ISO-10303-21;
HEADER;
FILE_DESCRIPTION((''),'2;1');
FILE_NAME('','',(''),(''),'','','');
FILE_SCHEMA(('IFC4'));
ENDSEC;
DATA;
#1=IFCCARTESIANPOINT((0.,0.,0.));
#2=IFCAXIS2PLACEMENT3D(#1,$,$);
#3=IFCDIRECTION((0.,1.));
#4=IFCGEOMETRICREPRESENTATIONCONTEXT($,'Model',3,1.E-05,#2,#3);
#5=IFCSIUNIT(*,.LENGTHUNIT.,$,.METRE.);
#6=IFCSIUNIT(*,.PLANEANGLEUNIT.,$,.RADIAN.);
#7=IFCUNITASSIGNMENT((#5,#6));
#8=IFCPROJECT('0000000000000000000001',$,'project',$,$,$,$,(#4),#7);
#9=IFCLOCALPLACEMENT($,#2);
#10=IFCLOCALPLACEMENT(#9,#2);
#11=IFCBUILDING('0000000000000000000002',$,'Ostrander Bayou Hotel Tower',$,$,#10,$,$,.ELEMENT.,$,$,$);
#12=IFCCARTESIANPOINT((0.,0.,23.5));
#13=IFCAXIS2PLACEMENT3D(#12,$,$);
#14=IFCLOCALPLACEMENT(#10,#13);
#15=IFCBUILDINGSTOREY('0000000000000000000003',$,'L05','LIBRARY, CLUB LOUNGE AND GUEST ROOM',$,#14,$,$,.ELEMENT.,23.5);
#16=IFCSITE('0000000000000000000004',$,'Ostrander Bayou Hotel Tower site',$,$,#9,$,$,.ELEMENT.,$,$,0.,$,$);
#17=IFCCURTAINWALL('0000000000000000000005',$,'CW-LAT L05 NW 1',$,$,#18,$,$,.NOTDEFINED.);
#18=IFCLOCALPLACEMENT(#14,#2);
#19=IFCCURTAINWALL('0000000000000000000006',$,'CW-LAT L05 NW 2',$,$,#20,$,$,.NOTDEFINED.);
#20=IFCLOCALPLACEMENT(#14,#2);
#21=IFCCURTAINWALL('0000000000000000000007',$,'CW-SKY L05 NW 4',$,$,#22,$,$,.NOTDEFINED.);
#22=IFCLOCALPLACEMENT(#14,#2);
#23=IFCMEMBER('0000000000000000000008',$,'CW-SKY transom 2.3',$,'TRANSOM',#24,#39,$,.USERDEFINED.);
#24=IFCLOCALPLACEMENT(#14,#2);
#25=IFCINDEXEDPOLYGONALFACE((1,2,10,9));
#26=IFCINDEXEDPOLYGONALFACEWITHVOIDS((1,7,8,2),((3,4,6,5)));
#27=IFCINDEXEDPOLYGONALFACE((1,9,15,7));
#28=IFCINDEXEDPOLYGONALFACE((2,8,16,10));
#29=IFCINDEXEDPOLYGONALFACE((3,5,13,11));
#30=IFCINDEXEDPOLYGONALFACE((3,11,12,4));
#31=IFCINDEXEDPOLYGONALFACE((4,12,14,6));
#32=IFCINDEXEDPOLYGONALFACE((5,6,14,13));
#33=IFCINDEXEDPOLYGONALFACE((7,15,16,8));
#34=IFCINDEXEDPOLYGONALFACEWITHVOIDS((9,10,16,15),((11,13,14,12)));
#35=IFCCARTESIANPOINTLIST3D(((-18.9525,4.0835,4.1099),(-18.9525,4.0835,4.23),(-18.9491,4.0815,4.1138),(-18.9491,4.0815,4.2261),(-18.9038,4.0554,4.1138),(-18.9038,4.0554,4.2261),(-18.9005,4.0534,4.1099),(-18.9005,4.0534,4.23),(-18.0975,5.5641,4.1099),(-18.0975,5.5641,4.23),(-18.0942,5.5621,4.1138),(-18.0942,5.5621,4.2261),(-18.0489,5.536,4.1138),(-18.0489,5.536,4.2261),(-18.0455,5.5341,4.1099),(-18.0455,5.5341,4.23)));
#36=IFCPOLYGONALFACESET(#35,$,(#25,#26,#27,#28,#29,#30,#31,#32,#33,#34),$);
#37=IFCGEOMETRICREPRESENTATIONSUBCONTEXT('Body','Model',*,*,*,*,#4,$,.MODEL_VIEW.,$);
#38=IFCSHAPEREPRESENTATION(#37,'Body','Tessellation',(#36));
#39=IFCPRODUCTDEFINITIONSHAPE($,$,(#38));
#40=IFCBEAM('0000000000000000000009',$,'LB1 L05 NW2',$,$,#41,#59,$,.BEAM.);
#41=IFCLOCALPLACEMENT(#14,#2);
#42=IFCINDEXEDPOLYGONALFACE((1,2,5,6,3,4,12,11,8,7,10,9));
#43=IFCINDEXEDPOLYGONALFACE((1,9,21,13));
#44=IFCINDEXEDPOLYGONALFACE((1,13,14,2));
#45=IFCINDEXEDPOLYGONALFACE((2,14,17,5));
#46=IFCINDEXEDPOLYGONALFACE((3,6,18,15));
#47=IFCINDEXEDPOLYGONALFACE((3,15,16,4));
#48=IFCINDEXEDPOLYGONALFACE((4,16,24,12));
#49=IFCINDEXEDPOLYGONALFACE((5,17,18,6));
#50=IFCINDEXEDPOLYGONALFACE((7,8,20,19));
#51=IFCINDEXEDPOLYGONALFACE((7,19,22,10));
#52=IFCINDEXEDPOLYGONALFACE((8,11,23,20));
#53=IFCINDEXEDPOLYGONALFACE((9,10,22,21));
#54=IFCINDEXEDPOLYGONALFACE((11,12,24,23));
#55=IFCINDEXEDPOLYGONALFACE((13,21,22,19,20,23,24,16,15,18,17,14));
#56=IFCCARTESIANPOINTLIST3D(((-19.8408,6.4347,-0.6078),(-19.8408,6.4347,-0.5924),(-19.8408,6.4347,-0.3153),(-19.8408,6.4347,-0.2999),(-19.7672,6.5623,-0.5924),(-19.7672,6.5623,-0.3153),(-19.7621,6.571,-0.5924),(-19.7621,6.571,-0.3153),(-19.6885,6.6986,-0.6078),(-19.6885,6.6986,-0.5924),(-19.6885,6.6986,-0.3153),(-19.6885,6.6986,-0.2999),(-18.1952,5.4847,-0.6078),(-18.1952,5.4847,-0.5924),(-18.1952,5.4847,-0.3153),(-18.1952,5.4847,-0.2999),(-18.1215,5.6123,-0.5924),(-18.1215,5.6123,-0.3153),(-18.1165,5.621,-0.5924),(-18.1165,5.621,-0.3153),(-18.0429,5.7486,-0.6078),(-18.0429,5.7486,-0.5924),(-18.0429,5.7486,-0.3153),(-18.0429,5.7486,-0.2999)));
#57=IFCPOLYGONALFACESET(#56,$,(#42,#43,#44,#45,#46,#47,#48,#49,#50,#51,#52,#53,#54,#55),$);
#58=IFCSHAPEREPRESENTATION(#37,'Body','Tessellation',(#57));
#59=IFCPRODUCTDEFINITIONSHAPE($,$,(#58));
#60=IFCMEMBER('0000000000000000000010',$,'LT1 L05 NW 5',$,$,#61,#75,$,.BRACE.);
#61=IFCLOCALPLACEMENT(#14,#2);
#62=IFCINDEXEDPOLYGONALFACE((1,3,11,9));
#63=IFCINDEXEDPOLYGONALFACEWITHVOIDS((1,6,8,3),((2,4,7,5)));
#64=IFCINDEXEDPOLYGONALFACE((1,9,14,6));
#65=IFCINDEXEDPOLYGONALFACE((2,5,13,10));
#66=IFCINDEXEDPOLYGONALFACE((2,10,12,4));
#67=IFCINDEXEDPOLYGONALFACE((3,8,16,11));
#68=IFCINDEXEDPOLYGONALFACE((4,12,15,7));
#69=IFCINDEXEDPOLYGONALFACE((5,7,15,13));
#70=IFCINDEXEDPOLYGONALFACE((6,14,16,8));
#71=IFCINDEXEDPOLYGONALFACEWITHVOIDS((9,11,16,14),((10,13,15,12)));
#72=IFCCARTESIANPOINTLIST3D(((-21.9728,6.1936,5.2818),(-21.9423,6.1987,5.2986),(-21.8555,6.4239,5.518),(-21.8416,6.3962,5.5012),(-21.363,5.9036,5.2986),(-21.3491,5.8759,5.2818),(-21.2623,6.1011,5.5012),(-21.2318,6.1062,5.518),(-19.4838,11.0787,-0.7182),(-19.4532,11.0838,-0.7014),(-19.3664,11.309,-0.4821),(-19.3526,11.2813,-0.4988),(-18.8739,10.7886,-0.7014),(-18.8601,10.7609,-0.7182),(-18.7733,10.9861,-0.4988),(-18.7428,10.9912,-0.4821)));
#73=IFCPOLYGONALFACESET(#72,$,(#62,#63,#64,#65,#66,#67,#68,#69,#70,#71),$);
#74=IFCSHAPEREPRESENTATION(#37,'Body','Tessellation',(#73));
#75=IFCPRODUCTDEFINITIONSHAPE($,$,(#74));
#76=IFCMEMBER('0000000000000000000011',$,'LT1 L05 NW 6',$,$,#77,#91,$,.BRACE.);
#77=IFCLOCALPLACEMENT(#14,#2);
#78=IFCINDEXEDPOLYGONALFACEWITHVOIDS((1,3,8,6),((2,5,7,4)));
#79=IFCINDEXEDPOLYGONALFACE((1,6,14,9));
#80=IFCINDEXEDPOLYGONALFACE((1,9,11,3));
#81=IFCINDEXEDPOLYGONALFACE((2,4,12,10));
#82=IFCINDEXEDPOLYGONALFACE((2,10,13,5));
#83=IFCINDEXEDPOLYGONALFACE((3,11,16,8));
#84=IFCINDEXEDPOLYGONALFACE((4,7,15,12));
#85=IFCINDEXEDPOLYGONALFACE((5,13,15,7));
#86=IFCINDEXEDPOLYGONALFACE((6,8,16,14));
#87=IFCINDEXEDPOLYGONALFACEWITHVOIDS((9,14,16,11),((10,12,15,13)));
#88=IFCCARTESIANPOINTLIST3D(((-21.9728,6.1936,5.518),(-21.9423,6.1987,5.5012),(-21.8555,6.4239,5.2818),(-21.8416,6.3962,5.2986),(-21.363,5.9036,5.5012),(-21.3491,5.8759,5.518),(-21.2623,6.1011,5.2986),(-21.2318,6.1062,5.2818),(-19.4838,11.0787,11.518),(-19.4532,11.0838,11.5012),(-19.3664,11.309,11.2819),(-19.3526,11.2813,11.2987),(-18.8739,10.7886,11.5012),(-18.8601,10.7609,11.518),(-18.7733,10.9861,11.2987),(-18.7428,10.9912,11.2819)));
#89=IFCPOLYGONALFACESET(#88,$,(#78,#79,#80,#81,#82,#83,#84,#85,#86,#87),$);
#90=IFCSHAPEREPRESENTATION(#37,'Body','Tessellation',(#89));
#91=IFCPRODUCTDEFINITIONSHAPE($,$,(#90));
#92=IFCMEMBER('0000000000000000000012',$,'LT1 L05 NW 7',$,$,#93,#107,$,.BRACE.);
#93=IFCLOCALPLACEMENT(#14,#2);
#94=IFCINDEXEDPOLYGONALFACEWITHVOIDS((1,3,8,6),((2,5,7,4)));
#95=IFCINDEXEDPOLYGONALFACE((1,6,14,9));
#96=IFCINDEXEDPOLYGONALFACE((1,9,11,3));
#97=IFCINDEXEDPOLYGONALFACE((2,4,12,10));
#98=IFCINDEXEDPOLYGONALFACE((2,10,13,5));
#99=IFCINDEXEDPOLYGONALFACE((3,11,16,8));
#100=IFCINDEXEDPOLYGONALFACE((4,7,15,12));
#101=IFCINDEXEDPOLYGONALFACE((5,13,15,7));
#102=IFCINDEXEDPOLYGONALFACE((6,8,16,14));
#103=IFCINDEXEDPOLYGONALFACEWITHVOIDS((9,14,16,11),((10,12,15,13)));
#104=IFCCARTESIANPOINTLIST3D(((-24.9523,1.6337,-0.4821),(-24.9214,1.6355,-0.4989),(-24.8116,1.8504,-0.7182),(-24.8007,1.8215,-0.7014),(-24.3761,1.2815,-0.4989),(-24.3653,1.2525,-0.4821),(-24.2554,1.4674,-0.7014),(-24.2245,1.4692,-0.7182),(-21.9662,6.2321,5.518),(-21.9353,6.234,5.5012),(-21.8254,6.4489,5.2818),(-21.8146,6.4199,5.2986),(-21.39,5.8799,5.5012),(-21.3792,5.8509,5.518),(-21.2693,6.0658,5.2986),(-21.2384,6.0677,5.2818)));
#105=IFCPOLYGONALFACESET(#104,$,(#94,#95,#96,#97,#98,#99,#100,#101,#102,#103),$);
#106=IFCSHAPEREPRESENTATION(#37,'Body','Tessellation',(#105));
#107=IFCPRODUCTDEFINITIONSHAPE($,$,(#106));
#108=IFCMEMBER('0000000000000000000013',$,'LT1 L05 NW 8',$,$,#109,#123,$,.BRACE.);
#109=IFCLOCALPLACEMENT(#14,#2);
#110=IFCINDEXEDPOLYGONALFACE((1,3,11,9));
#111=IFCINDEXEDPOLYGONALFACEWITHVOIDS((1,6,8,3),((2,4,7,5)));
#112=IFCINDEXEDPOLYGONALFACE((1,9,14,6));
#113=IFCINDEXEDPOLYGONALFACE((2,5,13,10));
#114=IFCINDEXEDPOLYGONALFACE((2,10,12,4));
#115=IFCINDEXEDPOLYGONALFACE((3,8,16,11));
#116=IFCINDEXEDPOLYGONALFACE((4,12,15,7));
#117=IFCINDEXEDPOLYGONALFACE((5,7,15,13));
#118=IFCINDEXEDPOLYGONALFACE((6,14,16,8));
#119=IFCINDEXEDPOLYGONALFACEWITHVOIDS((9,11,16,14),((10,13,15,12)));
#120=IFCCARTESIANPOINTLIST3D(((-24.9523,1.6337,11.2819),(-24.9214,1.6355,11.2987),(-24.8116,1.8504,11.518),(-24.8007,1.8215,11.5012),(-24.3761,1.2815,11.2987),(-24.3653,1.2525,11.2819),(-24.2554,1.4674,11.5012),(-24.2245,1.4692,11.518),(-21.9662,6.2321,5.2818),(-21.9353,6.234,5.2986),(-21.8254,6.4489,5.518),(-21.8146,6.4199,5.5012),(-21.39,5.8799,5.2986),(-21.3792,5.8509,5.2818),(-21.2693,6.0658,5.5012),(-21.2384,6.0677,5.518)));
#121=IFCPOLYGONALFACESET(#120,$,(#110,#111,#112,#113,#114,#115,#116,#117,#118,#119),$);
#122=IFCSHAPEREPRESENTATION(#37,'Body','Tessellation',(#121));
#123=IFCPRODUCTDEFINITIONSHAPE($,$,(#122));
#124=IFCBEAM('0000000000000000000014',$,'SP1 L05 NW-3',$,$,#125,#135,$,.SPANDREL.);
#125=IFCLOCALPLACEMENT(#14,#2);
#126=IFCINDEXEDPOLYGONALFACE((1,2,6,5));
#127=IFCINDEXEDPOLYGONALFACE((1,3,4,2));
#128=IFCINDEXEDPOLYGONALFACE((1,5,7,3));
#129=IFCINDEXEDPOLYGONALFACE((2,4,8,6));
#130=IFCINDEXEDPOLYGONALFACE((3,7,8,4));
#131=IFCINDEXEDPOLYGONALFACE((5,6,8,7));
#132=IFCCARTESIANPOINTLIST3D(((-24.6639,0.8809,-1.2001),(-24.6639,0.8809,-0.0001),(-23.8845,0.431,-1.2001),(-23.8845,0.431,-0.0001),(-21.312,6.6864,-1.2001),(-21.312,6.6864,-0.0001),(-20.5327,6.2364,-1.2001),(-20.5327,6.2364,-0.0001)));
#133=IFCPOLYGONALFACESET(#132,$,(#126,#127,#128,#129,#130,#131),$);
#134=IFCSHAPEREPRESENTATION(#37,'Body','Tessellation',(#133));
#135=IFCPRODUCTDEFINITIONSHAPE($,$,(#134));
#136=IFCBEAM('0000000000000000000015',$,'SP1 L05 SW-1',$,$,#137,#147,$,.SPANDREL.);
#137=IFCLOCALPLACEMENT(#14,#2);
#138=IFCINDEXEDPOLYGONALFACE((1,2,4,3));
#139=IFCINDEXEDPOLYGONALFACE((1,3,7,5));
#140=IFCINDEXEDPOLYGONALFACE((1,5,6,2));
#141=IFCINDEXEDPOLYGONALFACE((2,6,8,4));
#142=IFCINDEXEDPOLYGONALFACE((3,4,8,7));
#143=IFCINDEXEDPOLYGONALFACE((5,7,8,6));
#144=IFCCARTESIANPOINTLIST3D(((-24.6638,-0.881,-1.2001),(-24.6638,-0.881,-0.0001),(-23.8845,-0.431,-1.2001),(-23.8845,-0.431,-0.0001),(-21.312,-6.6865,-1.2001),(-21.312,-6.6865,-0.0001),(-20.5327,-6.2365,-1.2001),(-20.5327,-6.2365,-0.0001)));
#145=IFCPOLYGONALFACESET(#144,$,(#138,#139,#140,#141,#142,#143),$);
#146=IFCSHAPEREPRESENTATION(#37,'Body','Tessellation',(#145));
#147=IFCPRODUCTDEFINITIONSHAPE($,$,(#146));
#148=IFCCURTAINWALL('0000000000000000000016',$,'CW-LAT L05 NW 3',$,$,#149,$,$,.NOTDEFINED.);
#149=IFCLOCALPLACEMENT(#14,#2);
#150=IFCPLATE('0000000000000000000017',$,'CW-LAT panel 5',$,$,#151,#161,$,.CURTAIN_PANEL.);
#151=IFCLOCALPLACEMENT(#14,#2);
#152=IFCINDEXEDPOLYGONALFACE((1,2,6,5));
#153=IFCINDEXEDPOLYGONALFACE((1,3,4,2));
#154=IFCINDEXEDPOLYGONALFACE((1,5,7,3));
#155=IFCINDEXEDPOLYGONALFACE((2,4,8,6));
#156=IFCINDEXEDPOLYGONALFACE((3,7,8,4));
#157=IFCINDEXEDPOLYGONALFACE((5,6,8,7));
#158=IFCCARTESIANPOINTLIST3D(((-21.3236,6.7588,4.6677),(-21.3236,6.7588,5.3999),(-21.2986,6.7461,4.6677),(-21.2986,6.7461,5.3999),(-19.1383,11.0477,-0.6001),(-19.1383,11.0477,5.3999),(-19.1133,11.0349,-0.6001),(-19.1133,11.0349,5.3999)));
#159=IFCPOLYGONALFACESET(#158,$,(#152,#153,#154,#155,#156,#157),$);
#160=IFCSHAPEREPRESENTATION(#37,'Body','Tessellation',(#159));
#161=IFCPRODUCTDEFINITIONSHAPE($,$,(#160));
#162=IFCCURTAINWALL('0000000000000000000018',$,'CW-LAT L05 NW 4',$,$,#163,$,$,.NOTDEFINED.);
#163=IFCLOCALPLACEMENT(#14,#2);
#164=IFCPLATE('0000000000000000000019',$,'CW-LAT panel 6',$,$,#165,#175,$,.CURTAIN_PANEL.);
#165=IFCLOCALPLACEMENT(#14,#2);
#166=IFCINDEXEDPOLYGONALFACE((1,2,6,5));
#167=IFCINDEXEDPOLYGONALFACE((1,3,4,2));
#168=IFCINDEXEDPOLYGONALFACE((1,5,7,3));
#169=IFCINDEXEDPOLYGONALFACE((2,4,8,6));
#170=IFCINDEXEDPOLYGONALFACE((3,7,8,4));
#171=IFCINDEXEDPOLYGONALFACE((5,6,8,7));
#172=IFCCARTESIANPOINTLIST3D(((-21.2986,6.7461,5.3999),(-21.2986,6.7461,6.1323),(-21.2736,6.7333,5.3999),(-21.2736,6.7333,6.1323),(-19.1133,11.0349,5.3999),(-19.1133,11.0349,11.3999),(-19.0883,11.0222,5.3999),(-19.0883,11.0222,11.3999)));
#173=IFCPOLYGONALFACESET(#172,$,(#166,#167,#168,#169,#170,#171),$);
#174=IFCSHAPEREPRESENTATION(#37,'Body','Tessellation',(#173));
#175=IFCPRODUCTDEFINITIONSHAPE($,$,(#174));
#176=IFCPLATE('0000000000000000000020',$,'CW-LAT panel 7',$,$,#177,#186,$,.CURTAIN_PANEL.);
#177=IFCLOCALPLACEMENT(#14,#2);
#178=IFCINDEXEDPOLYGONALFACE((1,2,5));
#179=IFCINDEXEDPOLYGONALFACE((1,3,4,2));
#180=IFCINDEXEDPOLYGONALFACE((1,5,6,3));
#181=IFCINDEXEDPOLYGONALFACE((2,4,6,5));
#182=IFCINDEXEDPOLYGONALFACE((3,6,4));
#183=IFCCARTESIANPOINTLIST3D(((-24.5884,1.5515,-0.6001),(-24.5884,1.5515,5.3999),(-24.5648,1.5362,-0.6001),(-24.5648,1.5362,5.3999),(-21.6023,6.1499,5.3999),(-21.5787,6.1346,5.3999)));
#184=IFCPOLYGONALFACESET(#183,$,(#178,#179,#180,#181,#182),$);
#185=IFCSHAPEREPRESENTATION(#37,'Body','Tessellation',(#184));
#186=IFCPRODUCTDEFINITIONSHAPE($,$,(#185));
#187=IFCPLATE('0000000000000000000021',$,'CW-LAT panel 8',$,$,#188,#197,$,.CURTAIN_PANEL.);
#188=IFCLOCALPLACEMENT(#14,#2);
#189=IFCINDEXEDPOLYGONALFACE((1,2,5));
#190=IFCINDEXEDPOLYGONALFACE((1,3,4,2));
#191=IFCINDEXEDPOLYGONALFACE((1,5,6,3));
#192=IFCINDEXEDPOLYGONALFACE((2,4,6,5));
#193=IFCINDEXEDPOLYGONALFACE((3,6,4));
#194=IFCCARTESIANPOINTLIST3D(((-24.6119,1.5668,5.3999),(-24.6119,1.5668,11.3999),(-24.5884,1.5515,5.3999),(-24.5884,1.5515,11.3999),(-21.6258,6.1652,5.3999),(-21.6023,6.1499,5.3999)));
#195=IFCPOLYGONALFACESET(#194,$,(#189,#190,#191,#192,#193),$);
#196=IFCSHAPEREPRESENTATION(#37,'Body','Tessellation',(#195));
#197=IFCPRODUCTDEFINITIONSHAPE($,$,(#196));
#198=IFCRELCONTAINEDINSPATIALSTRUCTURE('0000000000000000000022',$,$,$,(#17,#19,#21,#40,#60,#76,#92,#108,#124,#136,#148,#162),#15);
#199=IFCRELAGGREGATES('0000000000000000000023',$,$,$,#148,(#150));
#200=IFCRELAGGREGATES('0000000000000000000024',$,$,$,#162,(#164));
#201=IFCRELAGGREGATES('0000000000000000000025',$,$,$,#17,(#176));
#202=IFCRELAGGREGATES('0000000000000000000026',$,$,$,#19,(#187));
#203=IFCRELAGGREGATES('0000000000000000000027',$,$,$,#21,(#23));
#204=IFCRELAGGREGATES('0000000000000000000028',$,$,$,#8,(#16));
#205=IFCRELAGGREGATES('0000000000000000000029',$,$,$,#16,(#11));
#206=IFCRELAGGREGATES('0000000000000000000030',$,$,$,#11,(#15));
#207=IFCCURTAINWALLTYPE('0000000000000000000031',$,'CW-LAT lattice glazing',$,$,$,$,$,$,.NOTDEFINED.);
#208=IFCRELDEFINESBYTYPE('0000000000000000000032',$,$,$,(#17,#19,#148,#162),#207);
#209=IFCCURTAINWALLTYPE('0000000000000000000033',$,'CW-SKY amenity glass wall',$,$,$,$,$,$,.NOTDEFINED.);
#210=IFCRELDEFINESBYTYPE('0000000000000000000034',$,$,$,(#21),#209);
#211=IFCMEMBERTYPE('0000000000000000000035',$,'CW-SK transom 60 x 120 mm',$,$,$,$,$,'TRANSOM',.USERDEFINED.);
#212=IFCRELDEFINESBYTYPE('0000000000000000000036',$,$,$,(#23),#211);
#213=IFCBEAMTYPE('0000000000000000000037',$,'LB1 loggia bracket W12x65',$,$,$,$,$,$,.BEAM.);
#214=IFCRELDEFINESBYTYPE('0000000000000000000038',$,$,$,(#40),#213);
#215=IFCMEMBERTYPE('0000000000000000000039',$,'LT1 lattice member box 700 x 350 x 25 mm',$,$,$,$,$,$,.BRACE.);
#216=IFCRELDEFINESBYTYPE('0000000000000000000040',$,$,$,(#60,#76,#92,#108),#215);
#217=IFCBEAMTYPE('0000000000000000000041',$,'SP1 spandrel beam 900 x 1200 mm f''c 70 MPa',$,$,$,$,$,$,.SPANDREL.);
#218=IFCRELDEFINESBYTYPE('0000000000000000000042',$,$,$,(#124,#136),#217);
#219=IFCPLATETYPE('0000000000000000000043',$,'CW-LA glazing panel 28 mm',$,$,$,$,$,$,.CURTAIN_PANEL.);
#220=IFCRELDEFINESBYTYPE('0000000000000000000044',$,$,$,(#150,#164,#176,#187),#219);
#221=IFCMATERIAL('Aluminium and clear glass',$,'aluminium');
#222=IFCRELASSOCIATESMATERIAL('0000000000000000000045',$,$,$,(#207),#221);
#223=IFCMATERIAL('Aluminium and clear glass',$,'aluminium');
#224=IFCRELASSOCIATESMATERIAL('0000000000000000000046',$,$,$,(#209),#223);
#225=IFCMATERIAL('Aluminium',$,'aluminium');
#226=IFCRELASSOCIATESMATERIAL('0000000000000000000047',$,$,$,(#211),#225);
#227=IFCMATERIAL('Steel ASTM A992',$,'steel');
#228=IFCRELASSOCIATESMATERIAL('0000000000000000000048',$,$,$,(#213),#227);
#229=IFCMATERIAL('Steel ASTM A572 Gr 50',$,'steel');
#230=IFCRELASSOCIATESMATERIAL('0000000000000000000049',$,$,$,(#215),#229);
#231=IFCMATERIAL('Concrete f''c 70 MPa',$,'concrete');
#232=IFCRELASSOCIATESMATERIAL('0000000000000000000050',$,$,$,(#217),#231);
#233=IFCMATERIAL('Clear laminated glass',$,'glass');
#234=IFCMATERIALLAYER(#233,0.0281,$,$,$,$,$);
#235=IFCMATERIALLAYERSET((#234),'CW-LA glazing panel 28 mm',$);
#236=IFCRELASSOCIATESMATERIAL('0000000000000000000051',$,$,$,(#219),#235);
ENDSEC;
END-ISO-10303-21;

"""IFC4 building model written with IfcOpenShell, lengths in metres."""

from ifc_helpers import new_model, si_unit, direction, frame, origin, origin_2d, place, context, subcontext, project, spatial, polyline, rectangle, hollow_rectangle, i_section, outline, extrude, material, layer, layer_set, material_profile, profile_set, type_object, element, aggregate, save


model = new_model("IFC4")

# Units and contexts
model_context = context("Model", 3, precision=1e-05, world=origin(), true_north=direction((0.0, 1.0)))
body_context = subcontext(model_context, "Body", "Model", "MODEL_VIEW")
ifc_project = project(units=[si_unit("LENGTHUNIT", "METRE"), si_unit("PLANEANGLEUNIT", "RADIAN")], contexts=[model_context])

# Site, building, storey
site_placement = place(None, origin())
site = spatial("IfcSite", under=ifc_project, at=site_placement, Name="Ostrander Bayou Hotel Tower site", CompositionType="ELEMENT", RefElevation=0.0)
building_placement = place(site_placement, origin())
building = spatial("IfcBuilding", under=site, at=building_placement, Name="Ostrander Bayou Hotel Tower", CompositionType="ELEMENT")
storey_placement = place(building_placement, frame((0.0, 0.0, 23.5)))
storey = spatial("IfcBuildingStorey", under=building, at=storey_placement, Name="L05", Description="LIBRARY, CLUB LOUNGE AND GUEST ROOM", CompositionType="ELEMENT", Elevation=23.5)

# Curtain wall
ifc_material_1 = material(Name="Aluminium and clear glass", Category="aluminium")
curtain_wall_type_1 = type_object("IfcCurtainWallType", Name="CW-LAT lattice glazing", PredefinedType="NOTDEFINED", material=ifc_material_1)
curtain_wall_1_placement = place(storey_placement, origin())
curtain_wall_1 = element("IfcCurtainWall", 1, at=curtain_wall_1_placement, inside=storey, type_object=curtain_wall_type_1, Name="CW-LAT L05 NW 1", PredefinedType="NOTDEFINED")

# Curtain wall
curtain_wall_2_placement = place(storey_placement, origin())
curtain_wall_2 = element("IfcCurtainWall", 2, at=curtain_wall_2_placement, inside=storey, type_object=curtain_wall_type_1, Name="CW-LAT L05 NW 2", PredefinedType="NOTDEFINED")

# Curtain wall, member
ifc_material_2 = material(Name="Aluminium and clear glass", Category="aluminium")
curtain_wall_type_2 = type_object("IfcCurtainWallType", Name="CW-SKY amenity glass wall", PredefinedType="NOTDEFINED", material=ifc_material_2)
curtain_wall_3_placement = place(storey_placement, origin())
curtain_wall_3 = element("IfcCurtainWall", 3, at=curtain_wall_3_placement, inside=storey, type_object=curtain_wall_type_2, Name="CW-SKY L05 NW 4", PredefinedType="NOTDEFINED")
ifc_material_3 = material(Name="Aluminium", Category="aluminium")
ifc_material_profile_1 = material_profile(ifc_material_3, hollow_rectangle(XDim=0.0601, YDim=0.1201, WallThickness=0.0039, at=origin_2d()))
ifc_profile_set_1 = profile_set([ifc_material_profile_1], Name="Aluminium")
member_type_1 = type_object("IfcMemberType", Name="CW-SK transom 60 x 120 mm", ElementType="TRANSOM", PredefinedType="USERDEFINED", material=ifc_profile_set_1)
member_1_placement = place(storey_placement, frame((-18.0715, 5.5491, 4.1699), z_axis=(-0.50004, -0.866002, 0.0), x_axis=(0.866002, -0.50004, 0.0)))
member_1 = element("IfcMember", 4, at=member_1_placement, type_object=member_type_1, Name="CW-SKY transom 2.3", ObjectType="TRANSOM", PredefinedType="USERDEFINED", context=body_context, shape_type="SweptSolid", body=[
    extrude(hollow_rectangle(XDim=0.0601, YDim=0.1201, WallThickness=0.0039, at=origin_2d()), origin(), (0.0, 0.0, 1.0), 1.7097),
])

# Beam
ifc_material_4 = material(Name="Steel ASTM A992", Category="steel")
ifc_material_profile_2 = material_profile(ifc_material_4, i_section(OverallWidth=0.3047, OverallDepth=0.3079, WebThickness=0.01, FlangeThickness=0.0154, at=origin_2d()))
ifc_profile_set_2 = profile_set([ifc_material_profile_2], Name="Steel ASTM A992")
beam_type_1 = type_object("IfcBeamType", Name="LB1 loggia bracket W12x65", PredefinedType="BEAM", material=ifc_profile_set_2)
beam_placement = place(storey_placement, frame((-19.7646, 6.5667, -0.4539), z_axis=(0.866044, -0.499967, 0.0), x_axis=(0.499967, 0.866044, 0.0)))
element("IfcBeam", 5, at=beam_placement, inside=storey, type_object=beam_type_1, Name="LB1 L05 NW2", PredefinedType="BEAM", context=body_context, shape_type="SweptSolid", body=[
    extrude(i_section(OverallWidth=0.3047, OverallDepth=0.3079, WebThickness=0.01, FlangeThickness=0.0154, at=origin_2d()), origin(), (0.0, 0.0, 1.0), 1.9001),
])

# Members
ifc_material_5 = material(Name="Steel ASTM A572 Gr 50", Category="steel")
ifc_material_profile_3 = material_profile(ifc_material_5, hollow_rectangle(XDim=0.7, YDim=0.3501, WallThickness=0.0249, at=origin_2d()))
ifc_profile_set_3 = profile_set([ifc_material_profile_3], Name="Steel ASTM A572 Gr 50")
member_type_2 = type_object("IfcMemberType", Name="LT1 lattice member box 700 x 350 x 25 mm", PredefinedType="BRACE", material=ifc_profile_set_3)
for number, where, z_axis, x_axis, name in (
    (6, (-21.6023, 6.1499, 5.3999), (0.306241, 0.601037, -0.738222), (-0.891008, 0.453987, 0.0), "LT1 L05 NW 5"),
    (7, (-21.6023, 6.1499, 5.3999), (0.306241, 0.601037, 0.738222), (-0.891008, 0.453987, 0.0), "LT1 L05 NW 6"),
):
    element("IfcMember", number, at=place(storey_placement, frame(where, z_axis=z_axis, x_axis=x_axis)), inside=storey, type_object=member_type_2, Name=name, PredefinedType="BRACE", context=body_context, shape_type="SweptSolid", body=[
        extrude(hollow_rectangle(XDim=0.7, YDim=0.3501, WallThickness=0.0249, at=origin_2d()), origin(), (0.0, 0.0, 1.0), 8.1277),
    ])
for number, where, z_axis, x_axis, name in (
    (8, (-21.6023, 6.1499, 5.3999), (-0.367389, -0.565757, -0.738203), (0.838683, -0.54462, 0.0), "LT1 L05 NW 7"),
    (9, (-21.6023, 6.1499, 5.3999), (-0.367389, -0.565757, 0.738203), (0.838683, -0.54462, 0.0), "LT1 L05 NW 8"),
):
    element("IfcMember", number, at=place(storey_placement, frame(where, z_axis=z_axis, x_axis=x_axis)), inside=storey, type_object=member_type_2, Name=name, PredefinedType="BRACE", context=body_context, shape_type="SweptSolid", body=[
        extrude(hollow_rectangle(XDim=0.7, YDim=0.3501, WallThickness=0.0249, at=origin_2d()), origin(), (0.0, 0.0, 1.0), 8.1279),
    ])

# Beams
ifc_material_6 = material(Name="Concrete f'c 70 MPa", Category="concrete")
ifc_material_profile_4 = material_profile(ifc_material_6, rectangle(XDim=0.8999, YDim=1.2, at=origin_2d()))
ifc_profile_set_4 = profile_set([ifc_material_profile_4], Name="Concrete f'c 70 MPa")
beam_type_2 = type_object("IfcBeamType", Name="SP1 spandrel beam 900 x 1200 mm f'c 70 MPa", PredefinedType="SPANDREL", material=ifc_profile_set_4)
for number, where, z_axis, x_axis, name in (
    (10, (-20.9224, 6.4614, -0.6001), (-0.500005, -0.866022, 0.0), (0.866022, -0.500005, 0.0), "SP1 L05 NW-3"),
    (11, (-24.2742, -0.656, -0.6001), (0.500005, -0.866022, 0.0), (0.866022, 0.500005, 0.0), "SP1 L05 SW-1"),
):
    element("IfcBeam", number, at=place(storey_placement, frame(where, z_axis=z_axis, x_axis=x_axis)), inside=storey, type_object=beam_type_2, Name=name, PredefinedType="SPANDREL", context=body_context, shape_type="SweptSolid", body=[
        extrude(rectangle(XDim=0.8999, YDim=1.2, at=origin_2d()), origin(), (0.0, 0.0, 1.0), 6.7036),
    ])

# Curtain walls, plates
curtain_wall_4_placement = place(storey_placement, origin())
curtain_wall_4 = element("IfcCurtainWall", 12, at=curtain_wall_4_placement, inside=storey, type_object=curtain_wall_type_1, Name="CW-LAT L05 NW 3", PredefinedType="NOTDEFINED")
ifc_material_7 = material(Name="Clear laminated glass", Category="glass")
ifc_layer_1 = layer(ifc_material_7, 0.0281)
ifc_layer_set_1 = layer_set([ifc_layer_1], Name="CW-LA glazing panel 28 mm")
plate_type_1 = type_object("IfcPlateType", Name="CW-LA glazing panel 28 mm", PredefinedType="CURTAIN_PANEL", material=ifc_layer_set_1)
plate_1_placement = place(storey_placement, frame((-21.2986, 6.7461, 4.6677), z_axis=(0.891003, -0.453997, 0.0), x_axis=(0.306245, 0.601029, -0.738226)))
plate_1 = element("IfcPlate", 13, at=plate_1_placement, type_object=plate_type_1, Name="CW-LAT panel 5", PredefinedType="CURTAIN_PANEL", context=body_context, shape_type="SweptSolid", body=[
    extrude(outline(polyline([(0.0, 0.0), (7.1358, 0.0), (2.7064, 4.0473), (-0.5405, 0.4939), (0.0, 0.0)])), origin(), (0.0, 0.0, -1.0), 0.0281),
])
aggregate(curtain_wall_4, [plate_1])
curtain_wall_5_placement = place(storey_placement, origin())
curtain_wall_5 = element("IfcCurtainWall", 14, at=curtain_wall_5_placement, inside=storey, type_object=curtain_wall_type_1, Name="CW-LAT L05 NW 4", PredefinedType="NOTDEFINED")
plate_2_placement = place(storey_placement, frame((-21.2986, 6.7461, 6.1323), z_axis=(-0.891003, 0.453997, 0.0), x_axis=(0.306253, 0.601045, 0.73821)))
plate_2 = element("IfcPlate", 15, at=plate_2_placement, type_object=plate_type_1, Name="CW-LAT panel 6", PredefinedType="CURTAIN_PANEL", context=body_context, shape_type="SweptSolid", body=[
    extrude(outline(polyline([(0.0, 0.0), (7.1356, 0.0), (2.7063, 4.0474), (-0.5407, 0.4941), (0.0, 0.0)])), origin(), (0.0, 0.0, -1.0), 0.0281),
])
aggregate(curtain_wall_5, [plate_2])

# Plates
plate_3_placement = place(storey_placement, frame((-21.6023, 6.1499, 5.3999), z_axis=(-0.838683, 0.54462, 0.0), x_axis=(-0.367389, -0.565757, -0.738203)))
plate_3 = element("IfcPlate", 16, at=plate_3_placement, type_object=plate_type_1, Name="CW-LAT panel 7", PredefinedType="CURTAIN_PANEL", context=body_context, shape_type="SweptSolid", body=[
    extrude(outline(polyline([(0.0, 0.0), (8.1278, 0.0), (3.6986, 4.0475), (0.0, 0.0)])), origin(), (0.0, 0.0, -1.0), 0.0281),
])
aggregate(curtain_wall_1, [plate_3])
plate_4_placement = place(storey_placement, frame((-21.6023, 6.1499, 5.3999), z_axis=(0.838683, -0.54462, 0.0), x_axis=(-0.367389, -0.565757, 0.738203)))
plate_4 = element("IfcPlate", 17, at=plate_4_placement, type_object=plate_type_1, Name="CW-LAT panel 8", PredefinedType="CURTAIN_PANEL", context=body_context, shape_type="SweptSolid", body=[
    extrude(outline(polyline([(0.0, 0.0), (8.1278, 0.0), (3.6986, 4.0475), (0.0, 0.0)])), origin(), (0.0, 0.0, -1.0), 0.0281),
])
aggregate(curtain_wall_2, [plate_4])
aggregate(curtain_wall_3, [member_1])

save(model, "model.ifc")
